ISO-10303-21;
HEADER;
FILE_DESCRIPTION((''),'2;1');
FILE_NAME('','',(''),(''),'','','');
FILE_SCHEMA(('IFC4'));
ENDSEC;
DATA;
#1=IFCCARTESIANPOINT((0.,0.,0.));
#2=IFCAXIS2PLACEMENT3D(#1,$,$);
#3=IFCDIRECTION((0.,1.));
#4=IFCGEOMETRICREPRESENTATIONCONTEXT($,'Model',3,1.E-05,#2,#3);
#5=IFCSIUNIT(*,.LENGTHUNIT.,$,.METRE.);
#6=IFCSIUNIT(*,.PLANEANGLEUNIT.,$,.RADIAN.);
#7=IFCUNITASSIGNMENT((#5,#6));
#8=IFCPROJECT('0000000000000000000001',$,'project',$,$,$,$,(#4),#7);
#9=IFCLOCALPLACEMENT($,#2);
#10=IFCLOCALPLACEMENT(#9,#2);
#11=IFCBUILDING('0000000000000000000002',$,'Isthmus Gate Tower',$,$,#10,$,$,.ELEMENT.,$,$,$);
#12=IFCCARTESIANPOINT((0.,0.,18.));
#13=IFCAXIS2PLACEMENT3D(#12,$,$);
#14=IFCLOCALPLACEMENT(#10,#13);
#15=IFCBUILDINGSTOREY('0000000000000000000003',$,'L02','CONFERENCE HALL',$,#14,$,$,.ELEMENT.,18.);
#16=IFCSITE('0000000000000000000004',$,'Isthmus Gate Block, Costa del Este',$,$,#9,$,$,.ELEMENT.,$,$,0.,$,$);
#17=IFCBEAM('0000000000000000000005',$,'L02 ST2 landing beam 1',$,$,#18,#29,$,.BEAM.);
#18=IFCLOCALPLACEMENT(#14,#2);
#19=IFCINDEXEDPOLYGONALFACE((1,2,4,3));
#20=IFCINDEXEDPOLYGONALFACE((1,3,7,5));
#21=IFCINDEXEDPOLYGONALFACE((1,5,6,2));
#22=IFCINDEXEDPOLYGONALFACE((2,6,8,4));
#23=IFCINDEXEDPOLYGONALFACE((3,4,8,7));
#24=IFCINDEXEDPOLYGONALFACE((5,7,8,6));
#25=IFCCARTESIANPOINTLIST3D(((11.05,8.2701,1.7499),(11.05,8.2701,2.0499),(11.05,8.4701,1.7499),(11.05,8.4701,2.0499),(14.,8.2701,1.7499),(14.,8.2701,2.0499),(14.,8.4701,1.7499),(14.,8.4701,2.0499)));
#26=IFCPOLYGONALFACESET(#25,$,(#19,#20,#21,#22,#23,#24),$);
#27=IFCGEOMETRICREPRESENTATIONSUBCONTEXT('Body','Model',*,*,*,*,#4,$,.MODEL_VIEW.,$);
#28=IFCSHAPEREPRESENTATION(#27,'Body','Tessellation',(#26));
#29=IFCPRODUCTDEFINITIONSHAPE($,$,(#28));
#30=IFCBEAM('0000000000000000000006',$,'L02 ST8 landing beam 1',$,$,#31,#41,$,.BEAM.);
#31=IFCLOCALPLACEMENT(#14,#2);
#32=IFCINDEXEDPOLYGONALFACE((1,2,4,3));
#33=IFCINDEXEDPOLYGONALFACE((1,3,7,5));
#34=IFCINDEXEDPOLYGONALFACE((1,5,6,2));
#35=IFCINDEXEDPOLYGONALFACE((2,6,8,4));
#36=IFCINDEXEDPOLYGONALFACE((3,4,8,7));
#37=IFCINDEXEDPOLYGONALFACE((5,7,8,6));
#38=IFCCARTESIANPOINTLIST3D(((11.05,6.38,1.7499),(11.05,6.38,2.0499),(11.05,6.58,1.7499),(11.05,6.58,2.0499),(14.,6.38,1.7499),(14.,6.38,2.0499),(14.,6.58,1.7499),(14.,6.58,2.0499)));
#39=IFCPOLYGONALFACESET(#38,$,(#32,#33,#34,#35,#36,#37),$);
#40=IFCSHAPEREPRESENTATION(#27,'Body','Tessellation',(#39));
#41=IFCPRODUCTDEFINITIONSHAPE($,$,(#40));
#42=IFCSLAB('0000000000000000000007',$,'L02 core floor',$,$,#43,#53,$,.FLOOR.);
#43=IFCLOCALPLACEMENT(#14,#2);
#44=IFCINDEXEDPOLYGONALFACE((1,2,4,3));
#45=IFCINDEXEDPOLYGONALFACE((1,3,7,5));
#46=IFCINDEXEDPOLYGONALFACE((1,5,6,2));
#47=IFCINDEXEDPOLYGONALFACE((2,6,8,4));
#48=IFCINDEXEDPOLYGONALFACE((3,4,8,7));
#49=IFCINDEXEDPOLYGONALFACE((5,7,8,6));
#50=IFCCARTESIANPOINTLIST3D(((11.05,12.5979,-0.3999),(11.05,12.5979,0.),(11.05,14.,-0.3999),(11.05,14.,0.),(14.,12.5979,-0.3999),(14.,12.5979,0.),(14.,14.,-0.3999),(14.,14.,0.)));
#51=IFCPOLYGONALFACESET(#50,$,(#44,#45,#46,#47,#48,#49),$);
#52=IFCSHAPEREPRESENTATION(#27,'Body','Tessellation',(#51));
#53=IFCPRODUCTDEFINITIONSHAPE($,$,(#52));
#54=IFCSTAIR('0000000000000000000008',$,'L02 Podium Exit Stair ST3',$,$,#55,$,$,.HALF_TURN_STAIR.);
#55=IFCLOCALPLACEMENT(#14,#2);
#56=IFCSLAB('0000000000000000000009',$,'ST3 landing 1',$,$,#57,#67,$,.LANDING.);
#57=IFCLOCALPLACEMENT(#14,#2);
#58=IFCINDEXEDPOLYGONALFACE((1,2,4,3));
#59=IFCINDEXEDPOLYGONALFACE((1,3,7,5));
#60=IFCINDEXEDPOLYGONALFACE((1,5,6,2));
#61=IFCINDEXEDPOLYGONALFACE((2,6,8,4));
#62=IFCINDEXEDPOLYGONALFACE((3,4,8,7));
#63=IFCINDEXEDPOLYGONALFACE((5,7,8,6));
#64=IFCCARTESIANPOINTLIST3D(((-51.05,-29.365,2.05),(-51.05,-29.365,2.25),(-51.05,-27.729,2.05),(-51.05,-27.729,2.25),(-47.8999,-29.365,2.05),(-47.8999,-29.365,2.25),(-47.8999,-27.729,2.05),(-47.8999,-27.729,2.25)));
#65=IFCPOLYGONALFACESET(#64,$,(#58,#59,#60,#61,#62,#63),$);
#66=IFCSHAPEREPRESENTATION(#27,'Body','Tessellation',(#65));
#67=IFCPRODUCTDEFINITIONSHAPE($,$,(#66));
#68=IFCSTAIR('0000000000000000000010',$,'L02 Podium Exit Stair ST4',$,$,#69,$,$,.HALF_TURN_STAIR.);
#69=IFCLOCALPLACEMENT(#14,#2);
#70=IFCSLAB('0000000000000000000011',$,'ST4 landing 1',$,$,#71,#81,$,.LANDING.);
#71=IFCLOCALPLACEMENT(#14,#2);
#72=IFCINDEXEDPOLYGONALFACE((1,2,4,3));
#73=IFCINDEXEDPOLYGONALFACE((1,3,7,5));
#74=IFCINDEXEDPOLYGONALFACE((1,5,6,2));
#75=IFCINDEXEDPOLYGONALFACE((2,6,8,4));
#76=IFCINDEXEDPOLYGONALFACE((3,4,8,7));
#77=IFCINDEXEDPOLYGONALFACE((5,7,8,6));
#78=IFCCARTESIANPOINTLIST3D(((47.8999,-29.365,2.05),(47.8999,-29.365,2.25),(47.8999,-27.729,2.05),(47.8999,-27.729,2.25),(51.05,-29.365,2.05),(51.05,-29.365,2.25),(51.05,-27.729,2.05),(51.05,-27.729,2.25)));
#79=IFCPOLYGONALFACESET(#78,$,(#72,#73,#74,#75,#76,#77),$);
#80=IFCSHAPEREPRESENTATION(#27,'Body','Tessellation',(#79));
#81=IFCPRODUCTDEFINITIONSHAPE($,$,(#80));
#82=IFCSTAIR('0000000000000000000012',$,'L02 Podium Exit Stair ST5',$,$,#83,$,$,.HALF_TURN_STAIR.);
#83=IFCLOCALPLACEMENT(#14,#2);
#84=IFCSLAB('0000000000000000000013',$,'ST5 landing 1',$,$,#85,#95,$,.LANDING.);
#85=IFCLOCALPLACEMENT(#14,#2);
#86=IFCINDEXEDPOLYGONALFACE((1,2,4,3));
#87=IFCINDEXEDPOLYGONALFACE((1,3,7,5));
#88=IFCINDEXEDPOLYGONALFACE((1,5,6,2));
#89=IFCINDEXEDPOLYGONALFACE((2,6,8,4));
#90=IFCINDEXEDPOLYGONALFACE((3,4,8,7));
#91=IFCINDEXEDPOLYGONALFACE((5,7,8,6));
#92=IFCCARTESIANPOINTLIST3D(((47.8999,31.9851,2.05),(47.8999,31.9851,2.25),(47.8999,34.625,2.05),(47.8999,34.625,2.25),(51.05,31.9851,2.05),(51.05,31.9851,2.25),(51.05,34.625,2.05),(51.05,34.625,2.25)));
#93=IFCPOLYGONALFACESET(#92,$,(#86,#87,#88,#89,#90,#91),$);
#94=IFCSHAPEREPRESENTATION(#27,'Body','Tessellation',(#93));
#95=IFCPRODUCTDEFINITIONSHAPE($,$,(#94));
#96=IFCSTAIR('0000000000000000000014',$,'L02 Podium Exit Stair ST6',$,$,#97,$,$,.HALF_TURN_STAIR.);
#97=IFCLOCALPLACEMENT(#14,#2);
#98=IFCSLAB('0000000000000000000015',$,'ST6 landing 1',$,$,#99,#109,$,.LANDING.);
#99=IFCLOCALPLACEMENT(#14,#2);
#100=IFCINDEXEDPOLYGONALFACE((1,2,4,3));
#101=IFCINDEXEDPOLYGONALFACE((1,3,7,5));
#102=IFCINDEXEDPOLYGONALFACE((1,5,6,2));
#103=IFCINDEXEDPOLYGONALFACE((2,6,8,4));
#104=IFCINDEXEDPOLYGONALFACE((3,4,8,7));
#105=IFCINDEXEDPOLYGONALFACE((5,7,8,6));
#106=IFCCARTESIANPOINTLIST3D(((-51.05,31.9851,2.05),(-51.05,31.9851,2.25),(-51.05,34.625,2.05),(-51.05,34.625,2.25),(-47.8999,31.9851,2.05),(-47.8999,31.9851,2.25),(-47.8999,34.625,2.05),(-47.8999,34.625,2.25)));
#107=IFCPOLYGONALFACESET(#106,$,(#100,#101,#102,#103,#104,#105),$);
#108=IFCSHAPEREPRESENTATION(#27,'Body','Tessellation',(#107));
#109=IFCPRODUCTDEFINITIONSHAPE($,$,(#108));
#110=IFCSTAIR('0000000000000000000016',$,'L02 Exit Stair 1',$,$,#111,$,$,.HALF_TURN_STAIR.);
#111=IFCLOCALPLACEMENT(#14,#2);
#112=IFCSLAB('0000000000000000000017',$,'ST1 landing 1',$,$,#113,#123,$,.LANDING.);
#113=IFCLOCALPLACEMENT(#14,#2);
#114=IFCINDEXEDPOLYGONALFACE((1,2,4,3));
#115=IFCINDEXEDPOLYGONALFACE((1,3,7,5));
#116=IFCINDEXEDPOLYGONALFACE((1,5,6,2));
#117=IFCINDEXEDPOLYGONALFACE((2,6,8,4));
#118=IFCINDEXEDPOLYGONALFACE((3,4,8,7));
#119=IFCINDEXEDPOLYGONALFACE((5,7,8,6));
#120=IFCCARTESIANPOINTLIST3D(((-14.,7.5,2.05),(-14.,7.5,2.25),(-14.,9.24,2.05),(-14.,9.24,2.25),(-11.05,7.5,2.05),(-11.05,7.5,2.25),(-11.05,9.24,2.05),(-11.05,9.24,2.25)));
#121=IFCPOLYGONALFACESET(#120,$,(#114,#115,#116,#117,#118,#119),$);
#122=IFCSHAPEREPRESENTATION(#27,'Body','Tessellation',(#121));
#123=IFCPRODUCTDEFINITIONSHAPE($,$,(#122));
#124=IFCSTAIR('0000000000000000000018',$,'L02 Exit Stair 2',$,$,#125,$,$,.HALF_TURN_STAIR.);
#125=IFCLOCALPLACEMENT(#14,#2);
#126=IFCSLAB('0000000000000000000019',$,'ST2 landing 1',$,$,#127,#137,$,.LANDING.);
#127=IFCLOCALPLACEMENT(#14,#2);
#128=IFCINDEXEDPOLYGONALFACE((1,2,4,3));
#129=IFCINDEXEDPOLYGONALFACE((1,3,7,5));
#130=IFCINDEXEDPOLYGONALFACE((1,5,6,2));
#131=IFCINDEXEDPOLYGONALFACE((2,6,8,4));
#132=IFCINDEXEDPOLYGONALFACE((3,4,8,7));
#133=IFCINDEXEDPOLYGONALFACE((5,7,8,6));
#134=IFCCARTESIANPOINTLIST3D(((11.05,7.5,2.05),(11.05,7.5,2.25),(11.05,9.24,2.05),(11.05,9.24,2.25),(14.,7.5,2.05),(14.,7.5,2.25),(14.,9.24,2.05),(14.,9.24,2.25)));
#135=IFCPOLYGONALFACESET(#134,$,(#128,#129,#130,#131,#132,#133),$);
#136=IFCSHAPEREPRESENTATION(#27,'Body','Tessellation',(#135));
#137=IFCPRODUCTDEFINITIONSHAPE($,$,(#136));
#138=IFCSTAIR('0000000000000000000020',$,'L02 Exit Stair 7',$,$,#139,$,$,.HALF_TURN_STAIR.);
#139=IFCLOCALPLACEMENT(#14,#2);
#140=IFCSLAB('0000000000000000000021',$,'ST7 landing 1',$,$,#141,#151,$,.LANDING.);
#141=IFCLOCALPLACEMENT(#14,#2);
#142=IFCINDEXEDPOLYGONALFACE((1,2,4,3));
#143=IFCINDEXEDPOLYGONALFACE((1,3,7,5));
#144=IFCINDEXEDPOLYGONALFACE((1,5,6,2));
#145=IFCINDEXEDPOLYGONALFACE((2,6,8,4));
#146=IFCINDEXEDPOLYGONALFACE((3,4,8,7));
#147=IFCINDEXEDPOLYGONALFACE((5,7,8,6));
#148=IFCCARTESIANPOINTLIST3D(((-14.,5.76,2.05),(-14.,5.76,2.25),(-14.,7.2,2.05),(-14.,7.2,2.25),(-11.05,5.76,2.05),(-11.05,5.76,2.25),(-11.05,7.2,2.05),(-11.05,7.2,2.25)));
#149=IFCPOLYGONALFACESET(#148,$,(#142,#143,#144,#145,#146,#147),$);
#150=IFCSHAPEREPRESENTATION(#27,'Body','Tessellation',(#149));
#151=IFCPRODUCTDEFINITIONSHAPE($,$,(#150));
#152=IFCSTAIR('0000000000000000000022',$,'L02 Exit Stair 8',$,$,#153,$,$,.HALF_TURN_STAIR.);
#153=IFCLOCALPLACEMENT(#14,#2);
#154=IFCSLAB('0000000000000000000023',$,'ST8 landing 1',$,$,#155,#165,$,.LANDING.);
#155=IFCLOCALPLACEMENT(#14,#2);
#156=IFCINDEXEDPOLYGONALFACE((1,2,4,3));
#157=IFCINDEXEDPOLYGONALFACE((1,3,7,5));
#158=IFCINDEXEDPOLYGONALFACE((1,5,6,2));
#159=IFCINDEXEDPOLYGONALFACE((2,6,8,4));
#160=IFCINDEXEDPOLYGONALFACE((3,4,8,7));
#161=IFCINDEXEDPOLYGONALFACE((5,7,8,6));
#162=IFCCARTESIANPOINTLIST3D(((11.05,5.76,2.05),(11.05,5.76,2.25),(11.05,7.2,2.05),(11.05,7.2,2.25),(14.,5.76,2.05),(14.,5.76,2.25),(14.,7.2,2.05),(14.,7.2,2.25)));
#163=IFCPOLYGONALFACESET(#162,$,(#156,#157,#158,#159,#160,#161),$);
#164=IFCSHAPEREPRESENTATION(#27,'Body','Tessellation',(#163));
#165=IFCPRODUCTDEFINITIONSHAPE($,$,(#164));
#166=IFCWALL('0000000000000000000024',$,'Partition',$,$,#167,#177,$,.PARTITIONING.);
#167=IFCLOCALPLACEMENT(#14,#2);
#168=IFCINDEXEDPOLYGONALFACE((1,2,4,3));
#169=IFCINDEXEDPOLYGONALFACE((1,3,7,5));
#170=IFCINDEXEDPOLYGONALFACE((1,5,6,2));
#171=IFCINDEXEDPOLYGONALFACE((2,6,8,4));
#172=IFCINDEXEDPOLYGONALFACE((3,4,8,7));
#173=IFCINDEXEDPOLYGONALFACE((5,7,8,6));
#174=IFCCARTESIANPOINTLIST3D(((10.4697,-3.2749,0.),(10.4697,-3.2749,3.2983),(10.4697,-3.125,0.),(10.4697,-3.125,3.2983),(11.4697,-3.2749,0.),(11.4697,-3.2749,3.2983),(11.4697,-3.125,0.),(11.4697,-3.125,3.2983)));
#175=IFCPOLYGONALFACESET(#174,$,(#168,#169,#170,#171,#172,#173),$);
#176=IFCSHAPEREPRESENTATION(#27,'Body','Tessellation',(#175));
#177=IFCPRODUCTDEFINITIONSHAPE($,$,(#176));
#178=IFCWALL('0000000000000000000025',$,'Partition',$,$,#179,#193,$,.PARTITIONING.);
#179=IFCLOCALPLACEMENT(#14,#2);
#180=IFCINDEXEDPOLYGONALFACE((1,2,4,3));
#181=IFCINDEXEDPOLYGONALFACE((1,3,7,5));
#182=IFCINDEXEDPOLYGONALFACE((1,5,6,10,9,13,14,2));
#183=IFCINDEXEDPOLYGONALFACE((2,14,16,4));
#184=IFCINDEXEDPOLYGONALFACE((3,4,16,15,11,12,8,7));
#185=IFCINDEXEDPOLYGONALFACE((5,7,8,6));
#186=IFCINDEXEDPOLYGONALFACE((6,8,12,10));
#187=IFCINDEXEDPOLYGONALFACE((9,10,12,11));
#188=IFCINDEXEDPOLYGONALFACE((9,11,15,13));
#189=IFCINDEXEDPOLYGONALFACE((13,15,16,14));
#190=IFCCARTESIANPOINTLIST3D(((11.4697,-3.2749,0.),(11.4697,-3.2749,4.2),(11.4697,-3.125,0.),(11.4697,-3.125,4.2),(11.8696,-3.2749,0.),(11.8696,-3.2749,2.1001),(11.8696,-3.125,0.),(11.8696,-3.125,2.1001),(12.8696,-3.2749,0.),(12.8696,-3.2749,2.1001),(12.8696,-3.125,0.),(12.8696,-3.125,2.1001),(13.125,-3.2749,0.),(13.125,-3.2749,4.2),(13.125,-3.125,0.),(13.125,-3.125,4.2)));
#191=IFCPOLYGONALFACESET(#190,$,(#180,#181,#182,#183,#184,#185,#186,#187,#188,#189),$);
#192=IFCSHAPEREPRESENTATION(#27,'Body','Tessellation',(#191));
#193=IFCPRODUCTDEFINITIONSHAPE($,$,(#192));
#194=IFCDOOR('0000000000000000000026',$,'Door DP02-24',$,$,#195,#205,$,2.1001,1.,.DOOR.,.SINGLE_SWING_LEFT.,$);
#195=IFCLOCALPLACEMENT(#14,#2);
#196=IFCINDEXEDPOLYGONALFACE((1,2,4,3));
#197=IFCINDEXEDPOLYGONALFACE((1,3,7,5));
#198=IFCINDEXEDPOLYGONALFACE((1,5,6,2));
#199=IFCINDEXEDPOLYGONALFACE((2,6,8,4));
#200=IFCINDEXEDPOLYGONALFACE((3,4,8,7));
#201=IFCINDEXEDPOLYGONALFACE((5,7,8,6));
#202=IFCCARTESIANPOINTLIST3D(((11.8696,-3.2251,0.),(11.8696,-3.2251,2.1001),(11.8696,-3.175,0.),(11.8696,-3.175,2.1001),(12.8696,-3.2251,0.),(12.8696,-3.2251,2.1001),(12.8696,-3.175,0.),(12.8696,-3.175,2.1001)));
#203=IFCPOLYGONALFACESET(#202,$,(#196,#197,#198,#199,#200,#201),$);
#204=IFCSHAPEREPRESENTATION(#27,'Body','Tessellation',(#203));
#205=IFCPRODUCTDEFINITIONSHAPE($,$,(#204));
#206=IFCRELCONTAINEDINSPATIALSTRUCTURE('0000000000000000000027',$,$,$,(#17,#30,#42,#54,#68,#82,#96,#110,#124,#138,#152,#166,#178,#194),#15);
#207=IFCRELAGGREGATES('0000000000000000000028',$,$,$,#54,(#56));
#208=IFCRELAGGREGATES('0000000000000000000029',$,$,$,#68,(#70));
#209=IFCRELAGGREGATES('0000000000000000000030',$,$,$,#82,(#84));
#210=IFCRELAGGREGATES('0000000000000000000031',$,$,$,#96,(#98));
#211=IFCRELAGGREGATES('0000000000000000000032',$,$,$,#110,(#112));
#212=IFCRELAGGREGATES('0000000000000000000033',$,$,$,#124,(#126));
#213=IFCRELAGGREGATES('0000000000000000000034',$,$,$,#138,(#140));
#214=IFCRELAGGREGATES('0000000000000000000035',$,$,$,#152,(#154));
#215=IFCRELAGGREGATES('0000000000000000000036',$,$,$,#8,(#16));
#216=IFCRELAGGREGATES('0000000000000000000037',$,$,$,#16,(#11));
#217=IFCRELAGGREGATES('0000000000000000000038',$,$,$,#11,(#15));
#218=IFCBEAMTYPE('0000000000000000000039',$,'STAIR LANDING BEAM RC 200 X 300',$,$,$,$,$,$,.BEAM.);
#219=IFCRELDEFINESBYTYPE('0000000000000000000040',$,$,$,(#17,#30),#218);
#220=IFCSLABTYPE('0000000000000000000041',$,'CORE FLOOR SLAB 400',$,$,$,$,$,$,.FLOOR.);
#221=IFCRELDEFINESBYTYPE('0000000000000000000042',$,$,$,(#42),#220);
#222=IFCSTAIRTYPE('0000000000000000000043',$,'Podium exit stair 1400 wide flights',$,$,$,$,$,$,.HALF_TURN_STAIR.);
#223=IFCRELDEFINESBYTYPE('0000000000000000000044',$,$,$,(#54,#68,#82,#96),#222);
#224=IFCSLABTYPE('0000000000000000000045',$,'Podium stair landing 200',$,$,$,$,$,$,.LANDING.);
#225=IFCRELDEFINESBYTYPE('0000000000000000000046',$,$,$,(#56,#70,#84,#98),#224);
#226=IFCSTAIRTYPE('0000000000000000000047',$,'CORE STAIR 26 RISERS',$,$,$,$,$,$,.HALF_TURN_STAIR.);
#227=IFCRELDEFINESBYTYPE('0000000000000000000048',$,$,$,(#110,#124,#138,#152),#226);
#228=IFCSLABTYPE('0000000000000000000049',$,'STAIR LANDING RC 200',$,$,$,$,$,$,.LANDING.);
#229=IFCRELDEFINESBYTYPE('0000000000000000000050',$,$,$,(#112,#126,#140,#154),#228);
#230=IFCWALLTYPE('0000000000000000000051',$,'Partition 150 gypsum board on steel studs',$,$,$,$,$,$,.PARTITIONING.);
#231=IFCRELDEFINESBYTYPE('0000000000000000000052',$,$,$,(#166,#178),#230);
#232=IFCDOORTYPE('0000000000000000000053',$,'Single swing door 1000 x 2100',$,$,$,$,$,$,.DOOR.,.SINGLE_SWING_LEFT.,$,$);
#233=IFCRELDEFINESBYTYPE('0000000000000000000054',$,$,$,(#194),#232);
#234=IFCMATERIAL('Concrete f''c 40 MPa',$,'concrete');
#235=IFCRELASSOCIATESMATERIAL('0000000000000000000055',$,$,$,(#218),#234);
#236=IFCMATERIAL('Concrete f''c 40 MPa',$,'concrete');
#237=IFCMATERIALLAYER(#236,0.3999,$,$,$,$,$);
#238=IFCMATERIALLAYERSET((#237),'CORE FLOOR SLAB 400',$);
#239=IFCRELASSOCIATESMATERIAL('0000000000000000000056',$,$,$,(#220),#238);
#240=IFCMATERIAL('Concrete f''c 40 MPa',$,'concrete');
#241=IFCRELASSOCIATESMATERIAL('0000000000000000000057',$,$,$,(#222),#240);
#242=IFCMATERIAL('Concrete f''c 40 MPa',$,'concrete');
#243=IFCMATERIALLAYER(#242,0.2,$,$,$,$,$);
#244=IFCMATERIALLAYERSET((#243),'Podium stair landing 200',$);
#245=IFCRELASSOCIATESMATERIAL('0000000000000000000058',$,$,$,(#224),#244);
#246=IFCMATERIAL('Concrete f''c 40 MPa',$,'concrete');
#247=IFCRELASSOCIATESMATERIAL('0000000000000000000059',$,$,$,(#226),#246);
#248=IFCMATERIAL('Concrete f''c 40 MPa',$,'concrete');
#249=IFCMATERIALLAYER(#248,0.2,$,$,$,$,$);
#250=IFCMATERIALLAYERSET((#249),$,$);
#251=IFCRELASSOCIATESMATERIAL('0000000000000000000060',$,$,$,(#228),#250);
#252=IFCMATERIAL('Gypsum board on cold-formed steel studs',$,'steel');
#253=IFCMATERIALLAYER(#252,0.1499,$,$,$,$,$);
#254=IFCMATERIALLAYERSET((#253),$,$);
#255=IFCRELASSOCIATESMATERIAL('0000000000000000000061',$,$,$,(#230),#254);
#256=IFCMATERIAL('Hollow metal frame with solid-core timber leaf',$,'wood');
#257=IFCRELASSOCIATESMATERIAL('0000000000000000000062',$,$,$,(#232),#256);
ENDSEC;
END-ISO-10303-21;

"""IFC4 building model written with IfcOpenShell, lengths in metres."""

from ifc_helpers import new_model, si_unit, direction, frame, frame_2d, origin, origin_2d, place, context, subcontext, project, spatial, polyline, rectangle, outline, extrude, material, layer, layer_set, material_profile, profile_set, type_object, element, fill, aggregate, save


model = new_model("IFC4")

# Units and contexts
model_context = context("Model", 3, precision=1e-05, world=origin(), true_north=direction((0.0, 1.0)))
body_context = subcontext(model_context, "Body", "Model", "MODEL_VIEW")
ifc_project = project(units=[si_unit("LENGTHUNIT", "METRE"), si_unit("PLANEANGLEUNIT", "RADIAN")], contexts=[model_context])

# Site, building, storey
site_placement = place(None, origin())
site = spatial("IfcSite", under=ifc_project, at=site_placement, Name="Isthmus Gate Block, Costa del Este", CompositionType="ELEMENT", RefElevation=0.0)
building_placement = place(site_placement, origin())
building = spatial("IfcBuilding", under=site, at=building_placement, Name="Isthmus Gate Tower", CompositionType="ELEMENT")
storey_placement = place(building_placement, frame((0.0, 0.0, 18.0)))
storey = spatial("IfcBuildingStorey", under=building, at=storey_placement, Name="L02", Description="CONFERENCE HALL", CompositionType="ELEMENT", Elevation=18.0)

# Beams
ifc_material_1 = material(Name="Concrete f'c 40 MPa", Category="concrete")
ifc_material_profile = material_profile(ifc_material_1, rectangle(XDim=0.2, YDim=0.3, at=origin_2d()), Name="STAIR LANDING BEAM RC 200 X 300")
ifc_profile_set = profile_set([ifc_material_profile], Name="Concrete f'c 40 MPa")
beam_type = type_object("IfcBeamType", Name="STAIR LANDING BEAM RC 200 X 300", PredefinedType="BEAM", material=ifc_profile_set)
for number, where, z_axis, x_axis, name in (
    (1, (11.05, 8.3701, 1.8999), (1.0, 0.0, 0.0), (0.0, 1.0, 0.0), "L02 ST2 landing beam 1"),
    (2, (11.05, 6.48, 1.8999), (1.0, 0.0, 0.0), (0.0, 1.0, 0.0), "L02 ST8 landing beam 1"),
):
    element("IfcBeam", number, at=place(storey_placement, frame(where, z_axis=z_axis, x_axis=x_axis)), inside=storey, type_object=beam_type, Name=name, PredefinedType="BEAM", context=body_context, shape_type="SweptSolid", body=[
        extrude(rectangle(XDim=0.2, YDim=0.3, at=origin_2d()), origin(), (0.0, 0.0, 1.0), 2.95),
    ])

# Slab
ifc_material_2 = material(Name="Concrete f'c 40 MPa", Category="concrete")
ifc_layer_1 = layer(ifc_material_2, 0.3999)
ifc_layer_set_1 = layer_set([ifc_layer_1], Name="CORE FLOOR SLAB 400")
slab_type_1 = type_object("IfcSlabType", Name="CORE FLOOR SLAB 400", PredefinedType="FLOOR", material=ifc_layer_set_1)
slab_1_placement = place(storey_placement, frame((0.0, 0.0, -0.3999)))
element("IfcSlab", 3, at=slab_1_placement, inside=storey, type_object=slab_type_1, Name="L02 core floor", PredefinedType="FLOOR", context=body_context, shape_type="SweptSolid", body=[
    extrude(outline(polyline([(11.05, 14.0), (11.05, 12.5979), (14.0, 12.5979), (14.0, 14.0), (11.05, 14.0)])), origin(), (0.0, 0.0, 1.0), 0.3999),
])

# Stairs, slabs
ifc_material_3 = material(Name="Concrete f'c 40 MPa", Category="concrete")
stair_type_1 = type_object("IfcStairType", Name="Podium exit stair 1400 wide flights", PredefinedType="HALF_TURN_STAIR", material=ifc_material_3)
stair_1_placement = place(storey_placement, origin())
stair_1 = element("IfcStair", 4, at=stair_1_placement, inside=storey, type_object=stair_type_1, Name="L02 Podium Exit Stair ST3", PredefinedType="HALF_TURN_STAIR")
ifc_material_4 = material(Name="Concrete f'c 40 MPa", Category="concrete")
ifc_layer_2 = layer(ifc_material_4, 0.2)
ifc_layer_set_2 = layer_set([ifc_layer_2], Name="Podium stair landing 200")
slab_type_2 = type_object("IfcSlabType", Name="Podium stair landing 200", PredefinedType="LANDING", material=ifc_layer_set_2)
slab_2_placement = place(storey_placement, frame((0.0, 0.0, 2.05)))
slab_2 = element("IfcSlab", 5, at=slab_2_placement, type_object=slab_type_2, Name="ST3 landing 1", PredefinedType="LANDING", context=body_context, shape_type="SweptSolid", body=[
    extrude(outline(polyline([(-47.8999, -29.365), (-47.8999, -27.729), (-51.05, -27.729), (-51.05, -29.365), (-47.8999, -29.365)])), origin(), (0.0, 0.0, 1.0), 0.2),
])
aggregate(stair_1, [slab_2])
stair_2_placement = place(storey_placement, origin())
stair_2 = element("IfcStair", 6, at=stair_2_placement, inside=storey, type_object=stair_type_1, Name="L02 Podium Exit Stair ST4", PredefinedType="HALF_TURN_STAIR")
slab_3_placement = place(storey_placement, frame((0.0, 0.0, 2.05)))
slab_3 = element("IfcSlab", 7, at=slab_3_placement, type_object=slab_type_2, Name="ST4 landing 1", PredefinedType="LANDING", context=body_context, shape_type="SweptSolid", body=[
    extrude(outline(polyline([(51.05, -29.365), (51.05, -27.729), (47.8999, -27.729), (47.8999, -29.365), (51.05, -29.365)])), origin(), (0.0, 0.0, 1.0), 0.2),
])
aggregate(stair_2, [slab_3])
stair_3_placement = place(storey_placement, origin())
stair_3 = element("IfcStair", 8, at=stair_3_placement, inside=storey, type_object=stair_type_1, Name="L02 Podium Exit Stair ST5", PredefinedType="HALF_TURN_STAIR")
slab_4_placement = place(storey_placement, frame((0.0, 0.0, 2.05)))
slab_4 = element("IfcSlab", 9, at=slab_4_placement, type_object=slab_type_2, Name="ST5 landing 1", PredefinedType="LANDING", context=body_context, shape_type="SweptSolid", body=[
    extrude(outline(polyline([(51.05, 31.9851), (51.05, 34.625), (47.8999, 34.625), (47.8999, 31.9851), (51.05, 31.9851)])), origin(), (0.0, 0.0, 1.0), 0.2),
])
aggregate(stair_3, [slab_4])
stair_4_placement = place(storey_placement, origin())
stair_4 = element("IfcStair", 10, at=stair_4_placement, inside=storey, type_object=stair_type_1, Name="L02 Podium Exit Stair ST6", PredefinedType="HALF_TURN_STAIR")
slab_5_placement = place(storey_placement, frame((0.0, 0.0, 2.05)))
slab_5 = element("IfcSlab", 11, at=slab_5_placement, type_object=slab_type_2, Name="ST6 landing 1", PredefinedType="LANDING", context=body_context, shape_type="SweptSolid", body=[
    extrude(outline(polyline([(-47.8999, 31.9851), (-47.8999, 34.625), (-51.05, 34.625), (-51.05, 31.9851), (-47.8999, 31.9851)])), origin(), (0.0, 0.0, 1.0), 0.2),
])
aggregate(stair_4, [slab_5])
ifc_material_5 = material(Name="Concrete f'c 40 MPa", Category="concrete")
stair_type_2 = type_object("IfcStairType", Name="CORE STAIR 26 RISERS", PredefinedType="HALF_TURN_STAIR", material=ifc_material_5)
stair_5_placement = place(storey_placement, origin())
stair_5 = element("IfcStair", 12, at=stair_5_placement, inside=storey, type_object=stair_type_2, Name="L02 Exit Stair 1", PredefinedType="HALF_TURN_STAIR")
ifc_material_6 = material(Name="Concrete f'c 40 MPa", Category="concrete")
ifc_layer_3 = layer(ifc_material_6, 0.2)
ifc_layer_set_3 = layer_set([ifc_layer_3])
slab_type_3 = type_object("IfcSlabType", Name="STAIR LANDING RC 200", PredefinedType="LANDING", material=ifc_layer_set_3)
slab_6_placement = place(storey_placement, frame((0.0, 0.0, 2.05)))
slab_6 = element("IfcSlab", 13, at=slab_6_placement, type_object=slab_type_3, Name="ST1 landing 1", PredefinedType="LANDING", context=body_context, shape_type="SweptSolid", body=[
    extrude(outline(polyline([(-14.0, 9.24), (-14.0, 7.5), (-11.05, 7.5), (-11.05, 9.24), (-14.0, 9.24)])), origin(), (0.0, 0.0, 1.0), 0.2),
])
aggregate(stair_5, [slab_6])
stair_6_placement = place(storey_placement, origin())
stair_6 = element("IfcStair", 14, at=stair_6_placement, inside=storey, type_object=stair_type_2, Name="L02 Exit Stair 2", PredefinedType="HALF_TURN_STAIR")
slab_7_placement = place(storey_placement, frame((0.0, 0.0, 2.05)))
slab_7 = element("IfcSlab", 15, at=slab_7_placement, type_object=slab_type_3, Name="ST2 landing 1", PredefinedType="LANDING", context=body_context, shape_type="SweptSolid", body=[
    extrude(outline(polyline([(11.05, 9.24), (11.05, 7.5), (14.0, 7.5), (14.0, 9.24), (11.05, 9.24)])), origin(), (0.0, 0.0, 1.0), 0.2),
])
aggregate(stair_6, [slab_7])
stair_7_placement = place(storey_placement, origin())
stair_7 = element("IfcStair", 16, at=stair_7_placement, inside=storey, type_object=stair_type_2, Name="L02 Exit Stair 7", PredefinedType="HALF_TURN_STAIR")
slab_8_placement = place(storey_placement, frame((0.0, 0.0, 2.05)))
slab_8 = element("IfcSlab", 17, at=slab_8_placement, type_object=slab_type_3, Name="ST7 landing 1", PredefinedType="LANDING", context=body_context, shape_type="SweptSolid", body=[
    extrude(outline(polyline([(-11.05, 5.76), (-11.05, 7.2), (-14.0, 7.2), (-14.0, 5.76), (-11.05, 5.76)])), origin(), (0.0, 0.0, 1.0), 0.2),
])
aggregate(stair_7, [slab_8])
stair_8_placement = place(storey_placement, origin())
stair_8 = element("IfcStair", 18, at=stair_8_placement, inside=storey, type_object=stair_type_2, Name="L02 Exit Stair 8", PredefinedType="HALF_TURN_STAIR")
slab_9_placement = place(storey_placement, frame((0.0, 0.0, 2.05)))
slab_9 = element("IfcSlab", 19, at=slab_9_placement, type_object=slab_type_3, Name="ST8 landing 1", PredefinedType="LANDING", context=body_context, shape_type="SweptSolid", body=[
    extrude(outline(polyline([(14.0, 5.76), (14.0, 7.2), (11.05, 7.2), (11.05, 5.76), (14.0, 5.76)])), origin(), (0.0, 0.0, 1.0), 0.2),
])

# Wall
ifc_material_7 = material(Name="Gypsum board on cold-formed steel studs", Category="steel")
ifc_layer_4 = layer(ifc_material_7, 0.1499)
ifc_layer_set_4 = layer_set([ifc_layer_4])
wall_type_1 = type_object("IfcWallType", Name="Partition 150 gypsum board on steel studs", PredefinedType="PARTITIONING", material=ifc_layer_set_4)
wall_1_placement = place(storey_placement, frame((10.4697, -3.2, 0.0), z_axis=(0.0, 0.0, 1.0), x_axis=(1.0, 0.0, 0.0)))
element("IfcWall", 20, at=wall_1_placement, inside=storey, type_object=wall_type_1, Name="Partition", PredefinedType="PARTITIONING", context=body_context, shape_type="SweptSolid", body=[
    extrude(rectangle(XDim=1.0, YDim=0.1499, at=frame_2d((0.5, 0.0))), origin(), (0.0, 0.0, 1.0), 3.2983),
])

# Wall, opening, door
wall_2_placement = place(storey_placement, frame((11.4697, -3.2, 0.0), z_axis=(0.0, 0.0, 1.0), x_axis=(1.0, 0.0, 0.0)))
wall_2 = element("IfcWall", 21, at=wall_2_placement, inside=storey, type_object=wall_type_1, Name="Partition", PredefinedType="PARTITIONING", context=body_context, shape_type="SweptSolid", body=[
    extrude(rectangle(XDim=1.6553, YDim=0.1499, at=frame_2d((0.8276, 0.0))), origin(), (0.0, 0.0, 1.0), 4.2),
])
opening_1_placement = place(wall_2_placement, frame((0.3999, 0.0, 0.0)))
opening_1 = element("IfcOpeningElement", 22, at=opening_1_placement, cuts=wall_2, PredefinedType="OPENING", context=body_context, shape_type="SweptSolid", body=[
    extrude(rectangle(XDim=1.0, YDim=2.1001, at=frame_2d((0.5, 1.05))), frame((0.0, 0.085, 0.0), z_axis=(0.0, -1.0, 0.0), x_axis=(1.0, 0.0, 0.0)), (0.0, 0.0, 1.0), 0.1699),
])
ifc_material_8 = material(Name="Hollow metal frame with solid-core timber leaf", Category="wood")
door_type_1 = type_object("IfcDoorType", Name="Single swing door 1000 x 2100", OperationType="SINGLE_SWING_LEFT", PredefinedType="DOOR", material=ifc_material_8)
door_1_placement = place(opening_1_placement, origin())
door_1 = element("IfcDoor", 23, at=door_1_placement, inside=storey, type_object=door_type_1, Name="Door DP02-24", OperationType="SINGLE_SWING_LEFT", OverallHeight=2.1001, OverallWidth=1.0, PredefinedType="DOOR", context=body_context, shape_type="SweptSolid", body=[
    extrude(rectangle(XDim=1.0, YDim=2.1001, at=frame_2d((0.5, 1.05))), frame((0.0, 0.0249, 0.0), z_axis=(0.0, -1.0, 0.0), x_axis=(1.0, 0.0, 0.0)), (0.0, 0.0, 1.0), 0.05),
])
fill(opening_1, door_1)

aggregate(stair_8, [slab_9])

save(model, "model.ifc")
